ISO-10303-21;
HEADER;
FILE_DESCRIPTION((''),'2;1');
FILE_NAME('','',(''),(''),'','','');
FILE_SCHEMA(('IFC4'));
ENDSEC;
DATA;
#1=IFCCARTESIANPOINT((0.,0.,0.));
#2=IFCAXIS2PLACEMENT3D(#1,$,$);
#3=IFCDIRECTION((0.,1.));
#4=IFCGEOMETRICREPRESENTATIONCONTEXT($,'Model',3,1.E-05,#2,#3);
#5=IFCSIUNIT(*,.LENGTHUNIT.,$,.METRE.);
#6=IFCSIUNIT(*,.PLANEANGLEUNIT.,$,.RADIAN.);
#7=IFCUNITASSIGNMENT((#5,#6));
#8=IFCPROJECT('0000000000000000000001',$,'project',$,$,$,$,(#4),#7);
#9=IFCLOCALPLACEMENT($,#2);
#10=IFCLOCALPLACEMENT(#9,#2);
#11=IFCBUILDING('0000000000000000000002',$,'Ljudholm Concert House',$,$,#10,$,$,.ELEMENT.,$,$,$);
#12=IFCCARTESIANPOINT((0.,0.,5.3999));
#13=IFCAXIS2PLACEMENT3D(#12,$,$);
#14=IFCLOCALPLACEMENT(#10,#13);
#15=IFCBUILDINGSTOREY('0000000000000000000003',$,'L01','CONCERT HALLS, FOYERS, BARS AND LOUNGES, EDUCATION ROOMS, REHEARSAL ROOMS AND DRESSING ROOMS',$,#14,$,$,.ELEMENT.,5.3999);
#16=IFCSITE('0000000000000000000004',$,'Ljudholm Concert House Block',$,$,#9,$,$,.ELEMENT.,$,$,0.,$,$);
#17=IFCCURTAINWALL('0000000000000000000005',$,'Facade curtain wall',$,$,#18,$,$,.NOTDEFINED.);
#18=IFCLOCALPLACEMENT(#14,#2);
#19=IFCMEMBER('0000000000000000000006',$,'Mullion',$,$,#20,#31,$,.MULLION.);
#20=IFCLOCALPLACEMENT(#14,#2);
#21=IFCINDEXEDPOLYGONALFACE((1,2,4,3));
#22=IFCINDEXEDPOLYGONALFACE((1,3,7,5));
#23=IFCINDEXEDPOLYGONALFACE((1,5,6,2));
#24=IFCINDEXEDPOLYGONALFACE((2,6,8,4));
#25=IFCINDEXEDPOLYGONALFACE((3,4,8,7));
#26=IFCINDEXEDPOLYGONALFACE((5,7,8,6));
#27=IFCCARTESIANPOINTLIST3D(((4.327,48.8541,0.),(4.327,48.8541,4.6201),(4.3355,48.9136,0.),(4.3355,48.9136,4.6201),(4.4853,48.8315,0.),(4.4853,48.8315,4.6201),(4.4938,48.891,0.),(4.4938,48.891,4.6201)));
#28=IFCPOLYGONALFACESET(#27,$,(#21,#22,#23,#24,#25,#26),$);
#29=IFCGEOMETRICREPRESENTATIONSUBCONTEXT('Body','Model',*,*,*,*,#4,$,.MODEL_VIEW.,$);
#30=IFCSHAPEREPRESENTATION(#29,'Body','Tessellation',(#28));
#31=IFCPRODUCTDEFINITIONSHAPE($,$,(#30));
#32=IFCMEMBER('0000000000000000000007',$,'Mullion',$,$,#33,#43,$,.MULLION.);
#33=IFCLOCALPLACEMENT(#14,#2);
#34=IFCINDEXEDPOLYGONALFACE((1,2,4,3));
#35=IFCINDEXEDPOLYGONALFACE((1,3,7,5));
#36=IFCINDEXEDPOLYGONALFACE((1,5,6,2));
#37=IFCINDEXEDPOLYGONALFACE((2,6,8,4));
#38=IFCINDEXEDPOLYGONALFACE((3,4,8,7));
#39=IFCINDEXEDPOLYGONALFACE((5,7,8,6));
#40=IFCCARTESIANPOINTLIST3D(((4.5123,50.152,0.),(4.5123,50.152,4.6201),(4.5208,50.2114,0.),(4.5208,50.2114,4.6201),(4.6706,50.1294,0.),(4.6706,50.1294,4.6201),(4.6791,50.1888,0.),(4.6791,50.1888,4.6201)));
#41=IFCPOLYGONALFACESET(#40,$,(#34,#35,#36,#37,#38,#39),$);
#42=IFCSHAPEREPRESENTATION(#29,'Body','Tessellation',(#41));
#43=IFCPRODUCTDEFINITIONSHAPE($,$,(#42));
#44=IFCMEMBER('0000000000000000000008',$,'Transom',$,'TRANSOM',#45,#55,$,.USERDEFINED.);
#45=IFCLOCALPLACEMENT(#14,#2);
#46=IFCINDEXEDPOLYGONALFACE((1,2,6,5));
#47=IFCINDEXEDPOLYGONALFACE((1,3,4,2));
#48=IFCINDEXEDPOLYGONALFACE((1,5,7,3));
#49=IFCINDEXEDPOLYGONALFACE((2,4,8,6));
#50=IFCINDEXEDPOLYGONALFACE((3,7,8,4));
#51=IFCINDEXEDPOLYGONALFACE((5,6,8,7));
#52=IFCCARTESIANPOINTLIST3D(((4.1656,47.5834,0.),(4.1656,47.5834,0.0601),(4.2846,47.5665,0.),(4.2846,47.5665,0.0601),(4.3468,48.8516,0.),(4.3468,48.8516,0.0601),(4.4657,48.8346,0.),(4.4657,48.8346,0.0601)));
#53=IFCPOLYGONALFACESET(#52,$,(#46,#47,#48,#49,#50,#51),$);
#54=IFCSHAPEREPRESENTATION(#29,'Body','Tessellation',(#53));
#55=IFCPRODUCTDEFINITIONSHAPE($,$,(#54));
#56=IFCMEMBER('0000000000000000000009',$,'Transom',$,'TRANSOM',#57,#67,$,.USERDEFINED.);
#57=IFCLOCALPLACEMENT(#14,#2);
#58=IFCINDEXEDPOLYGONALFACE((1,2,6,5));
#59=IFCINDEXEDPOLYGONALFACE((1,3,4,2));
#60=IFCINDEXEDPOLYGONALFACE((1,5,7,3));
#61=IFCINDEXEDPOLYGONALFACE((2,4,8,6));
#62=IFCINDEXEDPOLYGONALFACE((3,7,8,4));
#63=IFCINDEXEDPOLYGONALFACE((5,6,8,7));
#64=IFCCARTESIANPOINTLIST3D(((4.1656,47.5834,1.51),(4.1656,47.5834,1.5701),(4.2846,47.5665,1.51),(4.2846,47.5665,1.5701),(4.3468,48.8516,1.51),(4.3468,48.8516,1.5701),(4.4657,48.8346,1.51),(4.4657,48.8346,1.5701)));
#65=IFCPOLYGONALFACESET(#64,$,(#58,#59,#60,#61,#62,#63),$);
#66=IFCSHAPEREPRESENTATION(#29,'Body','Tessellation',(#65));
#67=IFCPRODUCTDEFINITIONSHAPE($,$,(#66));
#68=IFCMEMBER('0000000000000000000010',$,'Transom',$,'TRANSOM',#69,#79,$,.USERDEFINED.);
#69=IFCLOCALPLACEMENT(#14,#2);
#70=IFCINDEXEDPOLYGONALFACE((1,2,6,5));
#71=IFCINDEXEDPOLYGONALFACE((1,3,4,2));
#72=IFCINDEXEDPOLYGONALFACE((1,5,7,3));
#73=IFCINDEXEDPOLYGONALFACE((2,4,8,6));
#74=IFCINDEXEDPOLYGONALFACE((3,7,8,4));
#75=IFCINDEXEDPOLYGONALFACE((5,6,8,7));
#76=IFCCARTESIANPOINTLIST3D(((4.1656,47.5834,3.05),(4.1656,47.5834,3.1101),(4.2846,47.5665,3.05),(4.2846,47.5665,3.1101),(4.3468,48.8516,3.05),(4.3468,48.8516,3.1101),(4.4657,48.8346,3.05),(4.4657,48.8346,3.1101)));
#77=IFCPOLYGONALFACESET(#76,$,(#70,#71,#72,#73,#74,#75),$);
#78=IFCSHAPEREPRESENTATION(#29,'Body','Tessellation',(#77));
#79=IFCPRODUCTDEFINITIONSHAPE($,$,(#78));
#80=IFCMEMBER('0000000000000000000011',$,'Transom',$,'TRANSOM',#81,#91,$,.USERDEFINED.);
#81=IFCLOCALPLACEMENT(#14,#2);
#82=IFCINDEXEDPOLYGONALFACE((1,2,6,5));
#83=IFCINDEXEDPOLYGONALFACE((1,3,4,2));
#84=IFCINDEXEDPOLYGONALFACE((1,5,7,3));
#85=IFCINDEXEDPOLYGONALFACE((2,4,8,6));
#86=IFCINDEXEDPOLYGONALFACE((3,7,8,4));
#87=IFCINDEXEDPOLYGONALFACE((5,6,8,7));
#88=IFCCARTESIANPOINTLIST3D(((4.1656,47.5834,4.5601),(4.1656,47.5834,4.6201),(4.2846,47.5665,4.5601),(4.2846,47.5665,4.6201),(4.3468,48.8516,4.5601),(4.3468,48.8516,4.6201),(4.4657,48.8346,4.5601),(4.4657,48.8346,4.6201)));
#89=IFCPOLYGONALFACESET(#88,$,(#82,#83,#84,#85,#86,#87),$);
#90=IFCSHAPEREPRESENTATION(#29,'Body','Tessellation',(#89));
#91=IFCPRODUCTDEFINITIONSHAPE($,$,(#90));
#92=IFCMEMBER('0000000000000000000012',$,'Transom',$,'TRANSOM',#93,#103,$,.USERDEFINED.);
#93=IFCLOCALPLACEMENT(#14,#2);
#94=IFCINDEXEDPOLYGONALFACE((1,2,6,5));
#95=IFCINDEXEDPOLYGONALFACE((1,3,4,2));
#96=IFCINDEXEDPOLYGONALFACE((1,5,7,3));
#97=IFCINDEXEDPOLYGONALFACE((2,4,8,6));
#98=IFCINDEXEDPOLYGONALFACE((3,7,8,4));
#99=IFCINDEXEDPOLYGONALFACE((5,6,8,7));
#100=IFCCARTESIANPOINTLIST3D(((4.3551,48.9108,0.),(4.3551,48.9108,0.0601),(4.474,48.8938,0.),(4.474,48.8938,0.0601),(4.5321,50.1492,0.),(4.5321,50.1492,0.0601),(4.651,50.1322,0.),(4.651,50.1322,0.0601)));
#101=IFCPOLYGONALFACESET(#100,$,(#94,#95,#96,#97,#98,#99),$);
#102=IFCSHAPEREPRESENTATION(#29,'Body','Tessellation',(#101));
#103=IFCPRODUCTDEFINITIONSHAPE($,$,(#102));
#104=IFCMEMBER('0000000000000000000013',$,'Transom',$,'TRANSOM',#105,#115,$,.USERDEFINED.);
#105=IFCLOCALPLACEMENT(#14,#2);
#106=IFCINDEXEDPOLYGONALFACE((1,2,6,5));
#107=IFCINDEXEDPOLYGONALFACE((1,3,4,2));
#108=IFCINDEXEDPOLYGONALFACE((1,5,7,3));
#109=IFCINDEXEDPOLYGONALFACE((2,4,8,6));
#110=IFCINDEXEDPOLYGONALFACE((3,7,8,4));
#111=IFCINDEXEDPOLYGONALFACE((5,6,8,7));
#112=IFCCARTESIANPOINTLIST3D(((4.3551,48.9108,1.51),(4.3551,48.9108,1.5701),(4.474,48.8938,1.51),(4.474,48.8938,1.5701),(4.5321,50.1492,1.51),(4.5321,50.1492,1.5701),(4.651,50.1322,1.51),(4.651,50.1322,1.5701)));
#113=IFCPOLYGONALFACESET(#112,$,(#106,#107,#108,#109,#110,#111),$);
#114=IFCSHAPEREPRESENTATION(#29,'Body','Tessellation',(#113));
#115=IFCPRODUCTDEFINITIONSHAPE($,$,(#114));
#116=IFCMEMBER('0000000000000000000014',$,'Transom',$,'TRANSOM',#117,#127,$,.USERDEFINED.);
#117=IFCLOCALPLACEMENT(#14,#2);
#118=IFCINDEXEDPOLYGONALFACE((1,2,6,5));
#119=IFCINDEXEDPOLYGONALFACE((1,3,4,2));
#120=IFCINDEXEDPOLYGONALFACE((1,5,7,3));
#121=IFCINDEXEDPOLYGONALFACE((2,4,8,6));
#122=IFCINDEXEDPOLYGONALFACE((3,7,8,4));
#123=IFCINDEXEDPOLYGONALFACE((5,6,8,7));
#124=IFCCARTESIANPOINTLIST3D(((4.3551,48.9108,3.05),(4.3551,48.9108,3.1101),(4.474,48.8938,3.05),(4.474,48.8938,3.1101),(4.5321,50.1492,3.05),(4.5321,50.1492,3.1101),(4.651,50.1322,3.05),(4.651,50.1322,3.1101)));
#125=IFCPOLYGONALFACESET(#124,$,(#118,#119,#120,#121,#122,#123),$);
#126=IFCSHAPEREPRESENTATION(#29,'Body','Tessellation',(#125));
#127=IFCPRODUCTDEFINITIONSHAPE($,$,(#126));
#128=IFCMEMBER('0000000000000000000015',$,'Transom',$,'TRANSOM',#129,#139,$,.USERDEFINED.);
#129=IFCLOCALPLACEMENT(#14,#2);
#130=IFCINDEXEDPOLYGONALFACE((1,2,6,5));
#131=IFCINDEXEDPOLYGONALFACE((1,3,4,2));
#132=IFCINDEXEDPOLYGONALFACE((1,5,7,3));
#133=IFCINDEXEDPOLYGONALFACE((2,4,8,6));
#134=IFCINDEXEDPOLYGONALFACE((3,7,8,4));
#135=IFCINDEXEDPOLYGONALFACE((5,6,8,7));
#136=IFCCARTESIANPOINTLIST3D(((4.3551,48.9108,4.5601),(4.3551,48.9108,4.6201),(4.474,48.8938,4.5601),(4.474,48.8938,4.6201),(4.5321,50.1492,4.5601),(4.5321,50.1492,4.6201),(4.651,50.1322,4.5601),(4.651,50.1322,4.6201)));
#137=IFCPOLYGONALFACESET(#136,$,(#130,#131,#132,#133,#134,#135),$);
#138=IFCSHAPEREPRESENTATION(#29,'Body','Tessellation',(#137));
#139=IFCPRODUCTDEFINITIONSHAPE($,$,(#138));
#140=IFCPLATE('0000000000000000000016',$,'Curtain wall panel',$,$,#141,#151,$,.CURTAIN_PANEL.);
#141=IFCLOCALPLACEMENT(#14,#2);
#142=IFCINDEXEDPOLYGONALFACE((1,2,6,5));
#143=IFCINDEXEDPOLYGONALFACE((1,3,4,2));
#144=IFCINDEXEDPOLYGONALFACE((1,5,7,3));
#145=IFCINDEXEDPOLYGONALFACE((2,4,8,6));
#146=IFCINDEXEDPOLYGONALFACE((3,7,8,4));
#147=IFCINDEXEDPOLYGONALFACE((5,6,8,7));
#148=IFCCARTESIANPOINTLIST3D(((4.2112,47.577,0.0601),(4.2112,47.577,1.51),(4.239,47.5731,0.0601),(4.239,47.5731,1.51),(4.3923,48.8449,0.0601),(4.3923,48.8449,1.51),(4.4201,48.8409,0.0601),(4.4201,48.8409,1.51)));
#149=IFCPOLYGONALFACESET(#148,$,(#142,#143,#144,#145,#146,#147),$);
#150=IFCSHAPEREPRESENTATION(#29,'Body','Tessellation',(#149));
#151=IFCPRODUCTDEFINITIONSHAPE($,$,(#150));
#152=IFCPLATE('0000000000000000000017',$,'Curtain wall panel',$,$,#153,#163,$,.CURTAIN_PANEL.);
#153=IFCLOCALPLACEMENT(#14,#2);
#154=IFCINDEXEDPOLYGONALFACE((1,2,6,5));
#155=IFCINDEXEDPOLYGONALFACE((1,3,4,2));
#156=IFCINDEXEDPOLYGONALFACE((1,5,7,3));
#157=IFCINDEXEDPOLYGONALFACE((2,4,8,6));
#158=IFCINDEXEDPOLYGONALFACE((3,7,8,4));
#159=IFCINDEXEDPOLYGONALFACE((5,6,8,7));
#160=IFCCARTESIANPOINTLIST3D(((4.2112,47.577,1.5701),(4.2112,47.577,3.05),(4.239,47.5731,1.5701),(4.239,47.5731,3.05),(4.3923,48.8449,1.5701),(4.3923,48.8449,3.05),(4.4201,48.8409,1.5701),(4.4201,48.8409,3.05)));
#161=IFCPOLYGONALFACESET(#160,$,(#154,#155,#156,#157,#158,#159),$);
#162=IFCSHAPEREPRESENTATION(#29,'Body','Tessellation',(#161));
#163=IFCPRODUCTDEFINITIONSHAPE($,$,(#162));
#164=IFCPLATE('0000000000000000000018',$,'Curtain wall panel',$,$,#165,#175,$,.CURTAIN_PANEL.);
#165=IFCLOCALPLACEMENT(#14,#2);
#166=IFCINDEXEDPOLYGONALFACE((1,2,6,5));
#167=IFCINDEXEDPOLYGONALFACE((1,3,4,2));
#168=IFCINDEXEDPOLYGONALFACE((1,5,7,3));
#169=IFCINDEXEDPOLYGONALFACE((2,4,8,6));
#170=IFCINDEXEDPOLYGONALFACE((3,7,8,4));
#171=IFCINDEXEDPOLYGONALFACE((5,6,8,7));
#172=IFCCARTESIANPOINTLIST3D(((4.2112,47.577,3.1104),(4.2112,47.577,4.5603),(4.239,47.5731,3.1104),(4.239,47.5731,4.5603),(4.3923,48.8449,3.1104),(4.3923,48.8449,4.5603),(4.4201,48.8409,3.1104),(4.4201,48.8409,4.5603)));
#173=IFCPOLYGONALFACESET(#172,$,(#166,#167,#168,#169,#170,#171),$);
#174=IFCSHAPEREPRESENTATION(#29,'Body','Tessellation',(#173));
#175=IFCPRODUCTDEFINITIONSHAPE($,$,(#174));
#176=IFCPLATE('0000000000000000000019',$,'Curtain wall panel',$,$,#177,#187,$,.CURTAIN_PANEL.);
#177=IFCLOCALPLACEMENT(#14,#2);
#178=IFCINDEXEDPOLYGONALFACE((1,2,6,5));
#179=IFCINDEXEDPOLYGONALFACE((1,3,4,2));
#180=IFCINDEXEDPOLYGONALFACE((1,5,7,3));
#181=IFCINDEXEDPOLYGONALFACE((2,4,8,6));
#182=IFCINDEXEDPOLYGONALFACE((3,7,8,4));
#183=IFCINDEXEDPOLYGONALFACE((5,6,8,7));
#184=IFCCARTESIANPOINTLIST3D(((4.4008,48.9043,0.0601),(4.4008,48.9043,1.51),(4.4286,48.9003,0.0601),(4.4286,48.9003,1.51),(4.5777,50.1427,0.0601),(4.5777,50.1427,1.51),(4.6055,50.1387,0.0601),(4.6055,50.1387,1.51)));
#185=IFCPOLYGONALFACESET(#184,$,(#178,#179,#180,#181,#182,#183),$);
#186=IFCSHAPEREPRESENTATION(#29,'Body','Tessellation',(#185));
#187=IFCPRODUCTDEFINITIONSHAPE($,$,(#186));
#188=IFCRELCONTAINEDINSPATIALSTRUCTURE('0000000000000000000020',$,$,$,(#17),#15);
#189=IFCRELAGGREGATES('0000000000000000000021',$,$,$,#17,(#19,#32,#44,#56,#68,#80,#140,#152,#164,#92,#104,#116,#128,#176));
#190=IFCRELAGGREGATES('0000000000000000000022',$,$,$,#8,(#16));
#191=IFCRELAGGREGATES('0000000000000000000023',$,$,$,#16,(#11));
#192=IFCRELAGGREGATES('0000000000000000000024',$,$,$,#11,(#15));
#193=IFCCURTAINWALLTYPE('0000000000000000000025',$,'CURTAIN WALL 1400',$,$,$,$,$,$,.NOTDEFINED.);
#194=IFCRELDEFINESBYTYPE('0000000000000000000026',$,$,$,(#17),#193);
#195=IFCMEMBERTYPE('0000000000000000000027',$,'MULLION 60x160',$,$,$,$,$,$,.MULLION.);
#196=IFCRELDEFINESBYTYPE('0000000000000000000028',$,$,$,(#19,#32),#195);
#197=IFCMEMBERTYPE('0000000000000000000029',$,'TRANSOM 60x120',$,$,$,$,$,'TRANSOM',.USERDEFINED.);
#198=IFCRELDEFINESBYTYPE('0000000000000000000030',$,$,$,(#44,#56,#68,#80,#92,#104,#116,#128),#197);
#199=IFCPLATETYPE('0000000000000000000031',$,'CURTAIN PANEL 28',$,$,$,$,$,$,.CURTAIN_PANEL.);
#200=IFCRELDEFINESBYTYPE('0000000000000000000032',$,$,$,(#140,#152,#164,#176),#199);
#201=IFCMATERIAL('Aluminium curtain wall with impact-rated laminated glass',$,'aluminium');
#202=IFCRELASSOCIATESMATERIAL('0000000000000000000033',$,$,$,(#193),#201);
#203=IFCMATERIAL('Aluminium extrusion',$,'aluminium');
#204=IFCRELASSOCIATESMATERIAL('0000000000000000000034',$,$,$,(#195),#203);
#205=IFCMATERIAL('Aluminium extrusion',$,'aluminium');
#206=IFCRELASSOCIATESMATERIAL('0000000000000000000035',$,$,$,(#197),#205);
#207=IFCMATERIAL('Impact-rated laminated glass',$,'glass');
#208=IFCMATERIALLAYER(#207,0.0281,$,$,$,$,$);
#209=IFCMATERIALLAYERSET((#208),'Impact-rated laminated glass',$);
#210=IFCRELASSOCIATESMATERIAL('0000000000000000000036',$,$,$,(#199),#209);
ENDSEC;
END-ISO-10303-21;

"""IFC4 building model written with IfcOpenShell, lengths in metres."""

from ifc_helpers import new_model, si_unit, direction, frame, origin, origin_2d, place, context, subcontext, project, spatial, rectangle, extrude, material, layer, layer_set, material_profile, profile_set, type_object, element, aggregate, save


model = new_model("IFC4")

# Units and contexts
model_context = context("Model", 3, precision=1e-05, world=origin(), true_north=direction((0.0, 1.0)))
body_context = subcontext(model_context, "Body", "Model", "MODEL_VIEW")
ifc_project = project(units=[si_unit("LENGTHUNIT", "METRE"), si_unit("PLANEANGLEUNIT", "RADIAN")], contexts=[model_context])

# Site, building, storey
site_placement = place(None, origin())
site = spatial("IfcSite", under=ifc_project, at=site_placement, Name="Ljudholm Concert House Block", CompositionType="ELEMENT", RefElevation=0.0)
building_placement = place(site_placement, origin())
building = spatial("IfcBuilding", under=site, at=building_placement, Name="Ljudholm Concert House", CompositionType="ELEMENT")
storey_placement = place(building_placement, frame((0.0, 0.0, 5.3999)))
storey = spatial("IfcBuildingStorey", under=building, at=storey_placement, Name="L01", Description="CONCERT HALLS, FOYERS, BARS AND LOUNGES, EDUCATION ROOMS, REHEARSAL ROOMS AND DRESSING ROOMS", CompositionType="ELEMENT", Elevation=5.3999)

# Curtain wall, members, plates
ifc_material_1 = material(Name="Aluminium curtain wall with impact-rated laminated glass", Category="aluminium")
curtain_wall_type = type_object("IfcCurtainWallType", Name="CURTAIN WALL 1400", PredefinedType="NOTDEFINED", material=ifc_material_1)
curtain_wall_placement = place(storey_placement, origin())
curtain_wall = element("IfcCurtainWall", 1, at=curtain_wall_placement, inside=storey, type_object=curtain_wall_type, Name="Facade curtain wall", PredefinedType="NOTDEFINED")
ifc_material_2 = material(Name="Aluminium extrusion", Category="aluminium")
ifc_material_profile_1 = material_profile(ifc_material_2, rectangle(XDim=0.1599, YDim=0.0601, at=origin_2d()), Name="MULLION 60x160")
ifc_profile_set_1 = profile_set([ifc_material_profile_1], Name="Aluminium extrusion")
member_type_1 = type_object("IfcMemberType", Name="MULLION 60x160", PredefinedType="MULLION", material=ifc_profile_set_1)
member_1_placement = place(storey_placement, frame((4.4104, 48.8726, 0.0), z_axis=(0.0, 0.0, 1.0), x_axis=(-0.989949, 0.141421, 0.0)))
member_1 = element("IfcMember", 2, at=member_1_placement, type_object=member_type_1, Name="Mullion", PredefinedType="MULLION", context=body_context, shape_type="SweptSolid", body=[
    extrude(rectangle(XDim=0.1599, YDim=0.0601, at=origin_2d()), origin(), (0.0, 0.0, 1.0), 4.6201),
])
member_2_placement = place(storey_placement, frame((4.5957, 50.1704, 0.0), z_axis=(0.0, 0.0, 1.0), x_axis=(-0.989949, 0.141421, 0.0)))
member_2 = element("IfcMember", 3, at=member_2_placement, type_object=member_type_1, Name="Mullion", PredefinedType="MULLION", context=body_context, shape_type="SweptSolid", body=[
    extrude(rectangle(XDim=0.1599, YDim=0.0601, at=origin_2d()), origin(), (0.0, 0.0, 1.0), 4.6201),
])
ifc_material_3 = material(Name="Aluminium extrusion", Category="aluminium")
ifc_material_profile_2 = material_profile(ifc_material_3, rectangle(XDim=0.1201, YDim=0.0601, at=origin_2d()), Name="TRANSOM 60x120")
ifc_profile_set_2 = profile_set([ifc_material_profile_2], Name="Aluminium extrusion")
member_type_2 = type_object("IfcMemberType", Name="TRANSOM 60x120", ElementType="TRANSOM", PredefinedType="USERDEFINED", material=ifc_profile_set_2)
member_3_placement = place(storey_placement, frame((4.2251, 47.575, 0.03), z_axis=(0.141421, 0.989949, 0.0), x_axis=(-0.989949, 0.141421, 0.0)))
member_3 = element("IfcMember", 4, at=member_3_placement, type_object=member_type_2, Name="Transom", ObjectType="TRANSOM", PredefinedType="USERDEFINED", context=body_context, shape_type="SweptSolid", body=[
    extrude(rectangle(XDim=0.1201, YDim=0.0601, at=origin_2d()), origin(), (0.0, 0.0, 1.0), 1.281),
])
member_4_placement = place(storey_placement, frame((4.2251, 47.575, 1.54), z_axis=(0.141421, 0.989949, 0.0), x_axis=(-0.989949, 0.141421, 0.0)))
member_4 = element("IfcMember", 5, at=member_4_placement, type_object=member_type_2, Name="Transom", ObjectType="TRANSOM", PredefinedType="USERDEFINED", context=body_context, shape_type="SweptSolid", body=[
    extrude(rectangle(XDim=0.1201, YDim=0.0601, at=origin_2d()), origin(), (0.0, 0.0, 1.0), 1.281),
])
member_5_placement = place(storey_placement, frame((4.2251, 47.575, 3.0801), z_axis=(0.141421, 0.989949, 0.0), x_axis=(-0.989949, 0.141421, 0.0)))
member_5 = element("IfcMember", 6, at=member_5_placement, type_object=member_type_2, Name="Transom", ObjectType="TRANSOM", PredefinedType="USERDEFINED", context=body_context, shape_type="SweptSolid", body=[
    extrude(rectangle(XDim=0.1201, YDim=0.0601, at=origin_2d()), origin(), (0.0, 0.0, 1.0), 1.281),
])
member_6_placement = place(storey_placement, frame((4.2251, 47.575, 4.5901), z_axis=(0.141421, 0.989949, 0.0), x_axis=(-0.989949, 0.141421, 0.0)))
member_6 = element("IfcMember", 7, at=member_6_placement, type_object=member_type_2, Name="Transom", ObjectType="TRANSOM", PredefinedType="USERDEFINED", context=body_context, shape_type="SweptSolid", body=[
    extrude(rectangle(XDim=0.1201, YDim=0.0601, at=origin_2d()), origin(), (0.0, 0.0, 1.0), 1.281),
])
member_7_placement = place(storey_placement, frame((4.4146, 48.9023, 0.03), z_axis=(0.141503, 0.989938, 0.0), x_axis=(-0.989938, 0.141503, 0.0)))
member_7 = element("IfcMember", 8, at=member_7_placement, type_object=member_type_2, Name="Transom", ObjectType="TRANSOM", PredefinedType="USERDEFINED", context=body_context, shape_type="SweptSolid", body=[
    extrude(rectangle(XDim=0.1201, YDim=0.0601, at=origin_2d()), origin(), (0.0, 0.0, 1.0), 1.251),
])
member_8_placement = place(storey_placement, frame((4.4146, 48.9023, 1.54), z_axis=(0.141503, 0.989938, 0.0), x_axis=(-0.989938, 0.141503, 0.0)))
member_8 = element("IfcMember", 9, at=member_8_placement, type_object=member_type_2, Name="Transom", ObjectType="TRANSOM", PredefinedType="USERDEFINED", context=body_context, shape_type="SweptSolid", body=[
    extrude(rectangle(XDim=0.1201, YDim=0.0601, at=origin_2d()), origin(), (0.0, 0.0, 1.0), 1.251),
])
member_9_placement = place(storey_placement, frame((4.4146, 48.9023, 3.0801), z_axis=(0.141503, 0.989938, 0.0), x_axis=(-0.989938, 0.141503, 0.0)))
member_9 = element("IfcMember", 10, at=member_9_placement, type_object=member_type_2, Name="Transom", ObjectType="TRANSOM", PredefinedType="USERDEFINED", context=body_context, shape_type="SweptSolid", body=[
    extrude(rectangle(XDim=0.1201, YDim=0.0601, at=origin_2d()), origin(), (0.0, 0.0, 1.0), 1.251),
])
member_10_placement = place(storey_placement, frame((4.4146, 48.9023, 4.5901), z_axis=(0.141503, 0.989938, 0.0), x_axis=(-0.989938, 0.141503, 0.0)))
member_10 = element("IfcMember", 11, at=member_10_placement, type_object=member_type_2, Name="Transom", ObjectType="TRANSOM", PredefinedType="USERDEFINED", context=body_context, shape_type="SweptSolid", body=[
    extrude(rectangle(XDim=0.1201, YDim=0.0601, at=origin_2d()), origin(), (0.0, 0.0, 1.0), 1.251),
])
ifc_material_4 = material(Name="Impact-rated laminated glass", Category="glass")
ifc_layer = layer(ifc_material_4, 0.0281)
ifc_layer_set = layer_set([ifc_layer], Name="Impact-rated laminated glass")
plate_type = type_object("IfcPlateType", Name="CURTAIN PANEL 28", PredefinedType="CURTAIN_PANEL", material=ifc_layer_set)
plate_1_placement = place(storey_placement, frame((4.3157, 48.209, 0.0601), z_axis=(0.0, 0.0, 1.0), x_axis=(0.141421, 0.989949, 0.0)))
plate_1 = element("IfcPlate", 12, at=plate_1_placement, type_object=plate_type, Name="Curtain wall panel", PredefinedType="CURTAIN_PANEL", context=body_context, shape_type="SweptSolid", body=[
    extrude(rectangle(XDim=1.2808, YDim=0.0281, at=origin_2d()), origin(), (0.0, 0.0, 1.0), 1.45),
])
plate_2_placement = place(storey_placement, frame((4.3157, 48.209, 1.5701), z_axis=(0.0, 0.0, 1.0), x_axis=(0.141421, 0.989949, 0.0)))
plate_2 = element("IfcPlate", 13, at=plate_2_placement, type_object=plate_type, Name="Curtain wall panel", PredefinedType="CURTAIN_PANEL", context=body_context, shape_type="SweptSolid", body=[
    extrude(rectangle(XDim=1.2808, YDim=0.0281, at=origin_2d()), origin(), (0.0, 0.0, 1.0), 1.48),
])
plate_3_placement = place(storey_placement, frame((4.3157, 48.209, 3.1104), z_axis=(0.0, 0.0, 1.0), x_axis=(0.141421, 0.989949, 0.0)))
plate_3 = element("IfcPlate", 14, at=plate_3_placement, type_object=plate_type, Name="Curtain wall panel", PredefinedType="CURTAIN_PANEL", context=body_context, shape_type="SweptSolid", body=[
    extrude(rectangle(XDim=1.2808, YDim=0.0281, at=origin_2d()), origin(), (0.0, 0.0, 1.0), 1.45),
])
plate_4_placement = place(storey_placement, frame((4.5032, 49.5215, 0.0601), z_axis=(0.0, 0.0, 1.0), x_axis=(0.141421, 0.989949, 0.0)))
plate_4 = element("IfcPlate", 15, at=plate_4_placement, type_object=plate_type, Name="Curtain wall panel", PredefinedType="CURTAIN_PANEL", context=body_context, shape_type="SweptSolid", body=[
    extrude(rectangle(XDim=1.251, YDim=0.0281, at=origin_2d()), origin(), (0.0, 0.0, 1.0), 1.45),
])
aggregate(curtain_wall, [member_1, member_2, member_3, member_4, member_5, member_6, plate_1, plate_2, plate_3, member_7, member_8, member_9, member_10, plate_4])

save(model, "model.ifc")
